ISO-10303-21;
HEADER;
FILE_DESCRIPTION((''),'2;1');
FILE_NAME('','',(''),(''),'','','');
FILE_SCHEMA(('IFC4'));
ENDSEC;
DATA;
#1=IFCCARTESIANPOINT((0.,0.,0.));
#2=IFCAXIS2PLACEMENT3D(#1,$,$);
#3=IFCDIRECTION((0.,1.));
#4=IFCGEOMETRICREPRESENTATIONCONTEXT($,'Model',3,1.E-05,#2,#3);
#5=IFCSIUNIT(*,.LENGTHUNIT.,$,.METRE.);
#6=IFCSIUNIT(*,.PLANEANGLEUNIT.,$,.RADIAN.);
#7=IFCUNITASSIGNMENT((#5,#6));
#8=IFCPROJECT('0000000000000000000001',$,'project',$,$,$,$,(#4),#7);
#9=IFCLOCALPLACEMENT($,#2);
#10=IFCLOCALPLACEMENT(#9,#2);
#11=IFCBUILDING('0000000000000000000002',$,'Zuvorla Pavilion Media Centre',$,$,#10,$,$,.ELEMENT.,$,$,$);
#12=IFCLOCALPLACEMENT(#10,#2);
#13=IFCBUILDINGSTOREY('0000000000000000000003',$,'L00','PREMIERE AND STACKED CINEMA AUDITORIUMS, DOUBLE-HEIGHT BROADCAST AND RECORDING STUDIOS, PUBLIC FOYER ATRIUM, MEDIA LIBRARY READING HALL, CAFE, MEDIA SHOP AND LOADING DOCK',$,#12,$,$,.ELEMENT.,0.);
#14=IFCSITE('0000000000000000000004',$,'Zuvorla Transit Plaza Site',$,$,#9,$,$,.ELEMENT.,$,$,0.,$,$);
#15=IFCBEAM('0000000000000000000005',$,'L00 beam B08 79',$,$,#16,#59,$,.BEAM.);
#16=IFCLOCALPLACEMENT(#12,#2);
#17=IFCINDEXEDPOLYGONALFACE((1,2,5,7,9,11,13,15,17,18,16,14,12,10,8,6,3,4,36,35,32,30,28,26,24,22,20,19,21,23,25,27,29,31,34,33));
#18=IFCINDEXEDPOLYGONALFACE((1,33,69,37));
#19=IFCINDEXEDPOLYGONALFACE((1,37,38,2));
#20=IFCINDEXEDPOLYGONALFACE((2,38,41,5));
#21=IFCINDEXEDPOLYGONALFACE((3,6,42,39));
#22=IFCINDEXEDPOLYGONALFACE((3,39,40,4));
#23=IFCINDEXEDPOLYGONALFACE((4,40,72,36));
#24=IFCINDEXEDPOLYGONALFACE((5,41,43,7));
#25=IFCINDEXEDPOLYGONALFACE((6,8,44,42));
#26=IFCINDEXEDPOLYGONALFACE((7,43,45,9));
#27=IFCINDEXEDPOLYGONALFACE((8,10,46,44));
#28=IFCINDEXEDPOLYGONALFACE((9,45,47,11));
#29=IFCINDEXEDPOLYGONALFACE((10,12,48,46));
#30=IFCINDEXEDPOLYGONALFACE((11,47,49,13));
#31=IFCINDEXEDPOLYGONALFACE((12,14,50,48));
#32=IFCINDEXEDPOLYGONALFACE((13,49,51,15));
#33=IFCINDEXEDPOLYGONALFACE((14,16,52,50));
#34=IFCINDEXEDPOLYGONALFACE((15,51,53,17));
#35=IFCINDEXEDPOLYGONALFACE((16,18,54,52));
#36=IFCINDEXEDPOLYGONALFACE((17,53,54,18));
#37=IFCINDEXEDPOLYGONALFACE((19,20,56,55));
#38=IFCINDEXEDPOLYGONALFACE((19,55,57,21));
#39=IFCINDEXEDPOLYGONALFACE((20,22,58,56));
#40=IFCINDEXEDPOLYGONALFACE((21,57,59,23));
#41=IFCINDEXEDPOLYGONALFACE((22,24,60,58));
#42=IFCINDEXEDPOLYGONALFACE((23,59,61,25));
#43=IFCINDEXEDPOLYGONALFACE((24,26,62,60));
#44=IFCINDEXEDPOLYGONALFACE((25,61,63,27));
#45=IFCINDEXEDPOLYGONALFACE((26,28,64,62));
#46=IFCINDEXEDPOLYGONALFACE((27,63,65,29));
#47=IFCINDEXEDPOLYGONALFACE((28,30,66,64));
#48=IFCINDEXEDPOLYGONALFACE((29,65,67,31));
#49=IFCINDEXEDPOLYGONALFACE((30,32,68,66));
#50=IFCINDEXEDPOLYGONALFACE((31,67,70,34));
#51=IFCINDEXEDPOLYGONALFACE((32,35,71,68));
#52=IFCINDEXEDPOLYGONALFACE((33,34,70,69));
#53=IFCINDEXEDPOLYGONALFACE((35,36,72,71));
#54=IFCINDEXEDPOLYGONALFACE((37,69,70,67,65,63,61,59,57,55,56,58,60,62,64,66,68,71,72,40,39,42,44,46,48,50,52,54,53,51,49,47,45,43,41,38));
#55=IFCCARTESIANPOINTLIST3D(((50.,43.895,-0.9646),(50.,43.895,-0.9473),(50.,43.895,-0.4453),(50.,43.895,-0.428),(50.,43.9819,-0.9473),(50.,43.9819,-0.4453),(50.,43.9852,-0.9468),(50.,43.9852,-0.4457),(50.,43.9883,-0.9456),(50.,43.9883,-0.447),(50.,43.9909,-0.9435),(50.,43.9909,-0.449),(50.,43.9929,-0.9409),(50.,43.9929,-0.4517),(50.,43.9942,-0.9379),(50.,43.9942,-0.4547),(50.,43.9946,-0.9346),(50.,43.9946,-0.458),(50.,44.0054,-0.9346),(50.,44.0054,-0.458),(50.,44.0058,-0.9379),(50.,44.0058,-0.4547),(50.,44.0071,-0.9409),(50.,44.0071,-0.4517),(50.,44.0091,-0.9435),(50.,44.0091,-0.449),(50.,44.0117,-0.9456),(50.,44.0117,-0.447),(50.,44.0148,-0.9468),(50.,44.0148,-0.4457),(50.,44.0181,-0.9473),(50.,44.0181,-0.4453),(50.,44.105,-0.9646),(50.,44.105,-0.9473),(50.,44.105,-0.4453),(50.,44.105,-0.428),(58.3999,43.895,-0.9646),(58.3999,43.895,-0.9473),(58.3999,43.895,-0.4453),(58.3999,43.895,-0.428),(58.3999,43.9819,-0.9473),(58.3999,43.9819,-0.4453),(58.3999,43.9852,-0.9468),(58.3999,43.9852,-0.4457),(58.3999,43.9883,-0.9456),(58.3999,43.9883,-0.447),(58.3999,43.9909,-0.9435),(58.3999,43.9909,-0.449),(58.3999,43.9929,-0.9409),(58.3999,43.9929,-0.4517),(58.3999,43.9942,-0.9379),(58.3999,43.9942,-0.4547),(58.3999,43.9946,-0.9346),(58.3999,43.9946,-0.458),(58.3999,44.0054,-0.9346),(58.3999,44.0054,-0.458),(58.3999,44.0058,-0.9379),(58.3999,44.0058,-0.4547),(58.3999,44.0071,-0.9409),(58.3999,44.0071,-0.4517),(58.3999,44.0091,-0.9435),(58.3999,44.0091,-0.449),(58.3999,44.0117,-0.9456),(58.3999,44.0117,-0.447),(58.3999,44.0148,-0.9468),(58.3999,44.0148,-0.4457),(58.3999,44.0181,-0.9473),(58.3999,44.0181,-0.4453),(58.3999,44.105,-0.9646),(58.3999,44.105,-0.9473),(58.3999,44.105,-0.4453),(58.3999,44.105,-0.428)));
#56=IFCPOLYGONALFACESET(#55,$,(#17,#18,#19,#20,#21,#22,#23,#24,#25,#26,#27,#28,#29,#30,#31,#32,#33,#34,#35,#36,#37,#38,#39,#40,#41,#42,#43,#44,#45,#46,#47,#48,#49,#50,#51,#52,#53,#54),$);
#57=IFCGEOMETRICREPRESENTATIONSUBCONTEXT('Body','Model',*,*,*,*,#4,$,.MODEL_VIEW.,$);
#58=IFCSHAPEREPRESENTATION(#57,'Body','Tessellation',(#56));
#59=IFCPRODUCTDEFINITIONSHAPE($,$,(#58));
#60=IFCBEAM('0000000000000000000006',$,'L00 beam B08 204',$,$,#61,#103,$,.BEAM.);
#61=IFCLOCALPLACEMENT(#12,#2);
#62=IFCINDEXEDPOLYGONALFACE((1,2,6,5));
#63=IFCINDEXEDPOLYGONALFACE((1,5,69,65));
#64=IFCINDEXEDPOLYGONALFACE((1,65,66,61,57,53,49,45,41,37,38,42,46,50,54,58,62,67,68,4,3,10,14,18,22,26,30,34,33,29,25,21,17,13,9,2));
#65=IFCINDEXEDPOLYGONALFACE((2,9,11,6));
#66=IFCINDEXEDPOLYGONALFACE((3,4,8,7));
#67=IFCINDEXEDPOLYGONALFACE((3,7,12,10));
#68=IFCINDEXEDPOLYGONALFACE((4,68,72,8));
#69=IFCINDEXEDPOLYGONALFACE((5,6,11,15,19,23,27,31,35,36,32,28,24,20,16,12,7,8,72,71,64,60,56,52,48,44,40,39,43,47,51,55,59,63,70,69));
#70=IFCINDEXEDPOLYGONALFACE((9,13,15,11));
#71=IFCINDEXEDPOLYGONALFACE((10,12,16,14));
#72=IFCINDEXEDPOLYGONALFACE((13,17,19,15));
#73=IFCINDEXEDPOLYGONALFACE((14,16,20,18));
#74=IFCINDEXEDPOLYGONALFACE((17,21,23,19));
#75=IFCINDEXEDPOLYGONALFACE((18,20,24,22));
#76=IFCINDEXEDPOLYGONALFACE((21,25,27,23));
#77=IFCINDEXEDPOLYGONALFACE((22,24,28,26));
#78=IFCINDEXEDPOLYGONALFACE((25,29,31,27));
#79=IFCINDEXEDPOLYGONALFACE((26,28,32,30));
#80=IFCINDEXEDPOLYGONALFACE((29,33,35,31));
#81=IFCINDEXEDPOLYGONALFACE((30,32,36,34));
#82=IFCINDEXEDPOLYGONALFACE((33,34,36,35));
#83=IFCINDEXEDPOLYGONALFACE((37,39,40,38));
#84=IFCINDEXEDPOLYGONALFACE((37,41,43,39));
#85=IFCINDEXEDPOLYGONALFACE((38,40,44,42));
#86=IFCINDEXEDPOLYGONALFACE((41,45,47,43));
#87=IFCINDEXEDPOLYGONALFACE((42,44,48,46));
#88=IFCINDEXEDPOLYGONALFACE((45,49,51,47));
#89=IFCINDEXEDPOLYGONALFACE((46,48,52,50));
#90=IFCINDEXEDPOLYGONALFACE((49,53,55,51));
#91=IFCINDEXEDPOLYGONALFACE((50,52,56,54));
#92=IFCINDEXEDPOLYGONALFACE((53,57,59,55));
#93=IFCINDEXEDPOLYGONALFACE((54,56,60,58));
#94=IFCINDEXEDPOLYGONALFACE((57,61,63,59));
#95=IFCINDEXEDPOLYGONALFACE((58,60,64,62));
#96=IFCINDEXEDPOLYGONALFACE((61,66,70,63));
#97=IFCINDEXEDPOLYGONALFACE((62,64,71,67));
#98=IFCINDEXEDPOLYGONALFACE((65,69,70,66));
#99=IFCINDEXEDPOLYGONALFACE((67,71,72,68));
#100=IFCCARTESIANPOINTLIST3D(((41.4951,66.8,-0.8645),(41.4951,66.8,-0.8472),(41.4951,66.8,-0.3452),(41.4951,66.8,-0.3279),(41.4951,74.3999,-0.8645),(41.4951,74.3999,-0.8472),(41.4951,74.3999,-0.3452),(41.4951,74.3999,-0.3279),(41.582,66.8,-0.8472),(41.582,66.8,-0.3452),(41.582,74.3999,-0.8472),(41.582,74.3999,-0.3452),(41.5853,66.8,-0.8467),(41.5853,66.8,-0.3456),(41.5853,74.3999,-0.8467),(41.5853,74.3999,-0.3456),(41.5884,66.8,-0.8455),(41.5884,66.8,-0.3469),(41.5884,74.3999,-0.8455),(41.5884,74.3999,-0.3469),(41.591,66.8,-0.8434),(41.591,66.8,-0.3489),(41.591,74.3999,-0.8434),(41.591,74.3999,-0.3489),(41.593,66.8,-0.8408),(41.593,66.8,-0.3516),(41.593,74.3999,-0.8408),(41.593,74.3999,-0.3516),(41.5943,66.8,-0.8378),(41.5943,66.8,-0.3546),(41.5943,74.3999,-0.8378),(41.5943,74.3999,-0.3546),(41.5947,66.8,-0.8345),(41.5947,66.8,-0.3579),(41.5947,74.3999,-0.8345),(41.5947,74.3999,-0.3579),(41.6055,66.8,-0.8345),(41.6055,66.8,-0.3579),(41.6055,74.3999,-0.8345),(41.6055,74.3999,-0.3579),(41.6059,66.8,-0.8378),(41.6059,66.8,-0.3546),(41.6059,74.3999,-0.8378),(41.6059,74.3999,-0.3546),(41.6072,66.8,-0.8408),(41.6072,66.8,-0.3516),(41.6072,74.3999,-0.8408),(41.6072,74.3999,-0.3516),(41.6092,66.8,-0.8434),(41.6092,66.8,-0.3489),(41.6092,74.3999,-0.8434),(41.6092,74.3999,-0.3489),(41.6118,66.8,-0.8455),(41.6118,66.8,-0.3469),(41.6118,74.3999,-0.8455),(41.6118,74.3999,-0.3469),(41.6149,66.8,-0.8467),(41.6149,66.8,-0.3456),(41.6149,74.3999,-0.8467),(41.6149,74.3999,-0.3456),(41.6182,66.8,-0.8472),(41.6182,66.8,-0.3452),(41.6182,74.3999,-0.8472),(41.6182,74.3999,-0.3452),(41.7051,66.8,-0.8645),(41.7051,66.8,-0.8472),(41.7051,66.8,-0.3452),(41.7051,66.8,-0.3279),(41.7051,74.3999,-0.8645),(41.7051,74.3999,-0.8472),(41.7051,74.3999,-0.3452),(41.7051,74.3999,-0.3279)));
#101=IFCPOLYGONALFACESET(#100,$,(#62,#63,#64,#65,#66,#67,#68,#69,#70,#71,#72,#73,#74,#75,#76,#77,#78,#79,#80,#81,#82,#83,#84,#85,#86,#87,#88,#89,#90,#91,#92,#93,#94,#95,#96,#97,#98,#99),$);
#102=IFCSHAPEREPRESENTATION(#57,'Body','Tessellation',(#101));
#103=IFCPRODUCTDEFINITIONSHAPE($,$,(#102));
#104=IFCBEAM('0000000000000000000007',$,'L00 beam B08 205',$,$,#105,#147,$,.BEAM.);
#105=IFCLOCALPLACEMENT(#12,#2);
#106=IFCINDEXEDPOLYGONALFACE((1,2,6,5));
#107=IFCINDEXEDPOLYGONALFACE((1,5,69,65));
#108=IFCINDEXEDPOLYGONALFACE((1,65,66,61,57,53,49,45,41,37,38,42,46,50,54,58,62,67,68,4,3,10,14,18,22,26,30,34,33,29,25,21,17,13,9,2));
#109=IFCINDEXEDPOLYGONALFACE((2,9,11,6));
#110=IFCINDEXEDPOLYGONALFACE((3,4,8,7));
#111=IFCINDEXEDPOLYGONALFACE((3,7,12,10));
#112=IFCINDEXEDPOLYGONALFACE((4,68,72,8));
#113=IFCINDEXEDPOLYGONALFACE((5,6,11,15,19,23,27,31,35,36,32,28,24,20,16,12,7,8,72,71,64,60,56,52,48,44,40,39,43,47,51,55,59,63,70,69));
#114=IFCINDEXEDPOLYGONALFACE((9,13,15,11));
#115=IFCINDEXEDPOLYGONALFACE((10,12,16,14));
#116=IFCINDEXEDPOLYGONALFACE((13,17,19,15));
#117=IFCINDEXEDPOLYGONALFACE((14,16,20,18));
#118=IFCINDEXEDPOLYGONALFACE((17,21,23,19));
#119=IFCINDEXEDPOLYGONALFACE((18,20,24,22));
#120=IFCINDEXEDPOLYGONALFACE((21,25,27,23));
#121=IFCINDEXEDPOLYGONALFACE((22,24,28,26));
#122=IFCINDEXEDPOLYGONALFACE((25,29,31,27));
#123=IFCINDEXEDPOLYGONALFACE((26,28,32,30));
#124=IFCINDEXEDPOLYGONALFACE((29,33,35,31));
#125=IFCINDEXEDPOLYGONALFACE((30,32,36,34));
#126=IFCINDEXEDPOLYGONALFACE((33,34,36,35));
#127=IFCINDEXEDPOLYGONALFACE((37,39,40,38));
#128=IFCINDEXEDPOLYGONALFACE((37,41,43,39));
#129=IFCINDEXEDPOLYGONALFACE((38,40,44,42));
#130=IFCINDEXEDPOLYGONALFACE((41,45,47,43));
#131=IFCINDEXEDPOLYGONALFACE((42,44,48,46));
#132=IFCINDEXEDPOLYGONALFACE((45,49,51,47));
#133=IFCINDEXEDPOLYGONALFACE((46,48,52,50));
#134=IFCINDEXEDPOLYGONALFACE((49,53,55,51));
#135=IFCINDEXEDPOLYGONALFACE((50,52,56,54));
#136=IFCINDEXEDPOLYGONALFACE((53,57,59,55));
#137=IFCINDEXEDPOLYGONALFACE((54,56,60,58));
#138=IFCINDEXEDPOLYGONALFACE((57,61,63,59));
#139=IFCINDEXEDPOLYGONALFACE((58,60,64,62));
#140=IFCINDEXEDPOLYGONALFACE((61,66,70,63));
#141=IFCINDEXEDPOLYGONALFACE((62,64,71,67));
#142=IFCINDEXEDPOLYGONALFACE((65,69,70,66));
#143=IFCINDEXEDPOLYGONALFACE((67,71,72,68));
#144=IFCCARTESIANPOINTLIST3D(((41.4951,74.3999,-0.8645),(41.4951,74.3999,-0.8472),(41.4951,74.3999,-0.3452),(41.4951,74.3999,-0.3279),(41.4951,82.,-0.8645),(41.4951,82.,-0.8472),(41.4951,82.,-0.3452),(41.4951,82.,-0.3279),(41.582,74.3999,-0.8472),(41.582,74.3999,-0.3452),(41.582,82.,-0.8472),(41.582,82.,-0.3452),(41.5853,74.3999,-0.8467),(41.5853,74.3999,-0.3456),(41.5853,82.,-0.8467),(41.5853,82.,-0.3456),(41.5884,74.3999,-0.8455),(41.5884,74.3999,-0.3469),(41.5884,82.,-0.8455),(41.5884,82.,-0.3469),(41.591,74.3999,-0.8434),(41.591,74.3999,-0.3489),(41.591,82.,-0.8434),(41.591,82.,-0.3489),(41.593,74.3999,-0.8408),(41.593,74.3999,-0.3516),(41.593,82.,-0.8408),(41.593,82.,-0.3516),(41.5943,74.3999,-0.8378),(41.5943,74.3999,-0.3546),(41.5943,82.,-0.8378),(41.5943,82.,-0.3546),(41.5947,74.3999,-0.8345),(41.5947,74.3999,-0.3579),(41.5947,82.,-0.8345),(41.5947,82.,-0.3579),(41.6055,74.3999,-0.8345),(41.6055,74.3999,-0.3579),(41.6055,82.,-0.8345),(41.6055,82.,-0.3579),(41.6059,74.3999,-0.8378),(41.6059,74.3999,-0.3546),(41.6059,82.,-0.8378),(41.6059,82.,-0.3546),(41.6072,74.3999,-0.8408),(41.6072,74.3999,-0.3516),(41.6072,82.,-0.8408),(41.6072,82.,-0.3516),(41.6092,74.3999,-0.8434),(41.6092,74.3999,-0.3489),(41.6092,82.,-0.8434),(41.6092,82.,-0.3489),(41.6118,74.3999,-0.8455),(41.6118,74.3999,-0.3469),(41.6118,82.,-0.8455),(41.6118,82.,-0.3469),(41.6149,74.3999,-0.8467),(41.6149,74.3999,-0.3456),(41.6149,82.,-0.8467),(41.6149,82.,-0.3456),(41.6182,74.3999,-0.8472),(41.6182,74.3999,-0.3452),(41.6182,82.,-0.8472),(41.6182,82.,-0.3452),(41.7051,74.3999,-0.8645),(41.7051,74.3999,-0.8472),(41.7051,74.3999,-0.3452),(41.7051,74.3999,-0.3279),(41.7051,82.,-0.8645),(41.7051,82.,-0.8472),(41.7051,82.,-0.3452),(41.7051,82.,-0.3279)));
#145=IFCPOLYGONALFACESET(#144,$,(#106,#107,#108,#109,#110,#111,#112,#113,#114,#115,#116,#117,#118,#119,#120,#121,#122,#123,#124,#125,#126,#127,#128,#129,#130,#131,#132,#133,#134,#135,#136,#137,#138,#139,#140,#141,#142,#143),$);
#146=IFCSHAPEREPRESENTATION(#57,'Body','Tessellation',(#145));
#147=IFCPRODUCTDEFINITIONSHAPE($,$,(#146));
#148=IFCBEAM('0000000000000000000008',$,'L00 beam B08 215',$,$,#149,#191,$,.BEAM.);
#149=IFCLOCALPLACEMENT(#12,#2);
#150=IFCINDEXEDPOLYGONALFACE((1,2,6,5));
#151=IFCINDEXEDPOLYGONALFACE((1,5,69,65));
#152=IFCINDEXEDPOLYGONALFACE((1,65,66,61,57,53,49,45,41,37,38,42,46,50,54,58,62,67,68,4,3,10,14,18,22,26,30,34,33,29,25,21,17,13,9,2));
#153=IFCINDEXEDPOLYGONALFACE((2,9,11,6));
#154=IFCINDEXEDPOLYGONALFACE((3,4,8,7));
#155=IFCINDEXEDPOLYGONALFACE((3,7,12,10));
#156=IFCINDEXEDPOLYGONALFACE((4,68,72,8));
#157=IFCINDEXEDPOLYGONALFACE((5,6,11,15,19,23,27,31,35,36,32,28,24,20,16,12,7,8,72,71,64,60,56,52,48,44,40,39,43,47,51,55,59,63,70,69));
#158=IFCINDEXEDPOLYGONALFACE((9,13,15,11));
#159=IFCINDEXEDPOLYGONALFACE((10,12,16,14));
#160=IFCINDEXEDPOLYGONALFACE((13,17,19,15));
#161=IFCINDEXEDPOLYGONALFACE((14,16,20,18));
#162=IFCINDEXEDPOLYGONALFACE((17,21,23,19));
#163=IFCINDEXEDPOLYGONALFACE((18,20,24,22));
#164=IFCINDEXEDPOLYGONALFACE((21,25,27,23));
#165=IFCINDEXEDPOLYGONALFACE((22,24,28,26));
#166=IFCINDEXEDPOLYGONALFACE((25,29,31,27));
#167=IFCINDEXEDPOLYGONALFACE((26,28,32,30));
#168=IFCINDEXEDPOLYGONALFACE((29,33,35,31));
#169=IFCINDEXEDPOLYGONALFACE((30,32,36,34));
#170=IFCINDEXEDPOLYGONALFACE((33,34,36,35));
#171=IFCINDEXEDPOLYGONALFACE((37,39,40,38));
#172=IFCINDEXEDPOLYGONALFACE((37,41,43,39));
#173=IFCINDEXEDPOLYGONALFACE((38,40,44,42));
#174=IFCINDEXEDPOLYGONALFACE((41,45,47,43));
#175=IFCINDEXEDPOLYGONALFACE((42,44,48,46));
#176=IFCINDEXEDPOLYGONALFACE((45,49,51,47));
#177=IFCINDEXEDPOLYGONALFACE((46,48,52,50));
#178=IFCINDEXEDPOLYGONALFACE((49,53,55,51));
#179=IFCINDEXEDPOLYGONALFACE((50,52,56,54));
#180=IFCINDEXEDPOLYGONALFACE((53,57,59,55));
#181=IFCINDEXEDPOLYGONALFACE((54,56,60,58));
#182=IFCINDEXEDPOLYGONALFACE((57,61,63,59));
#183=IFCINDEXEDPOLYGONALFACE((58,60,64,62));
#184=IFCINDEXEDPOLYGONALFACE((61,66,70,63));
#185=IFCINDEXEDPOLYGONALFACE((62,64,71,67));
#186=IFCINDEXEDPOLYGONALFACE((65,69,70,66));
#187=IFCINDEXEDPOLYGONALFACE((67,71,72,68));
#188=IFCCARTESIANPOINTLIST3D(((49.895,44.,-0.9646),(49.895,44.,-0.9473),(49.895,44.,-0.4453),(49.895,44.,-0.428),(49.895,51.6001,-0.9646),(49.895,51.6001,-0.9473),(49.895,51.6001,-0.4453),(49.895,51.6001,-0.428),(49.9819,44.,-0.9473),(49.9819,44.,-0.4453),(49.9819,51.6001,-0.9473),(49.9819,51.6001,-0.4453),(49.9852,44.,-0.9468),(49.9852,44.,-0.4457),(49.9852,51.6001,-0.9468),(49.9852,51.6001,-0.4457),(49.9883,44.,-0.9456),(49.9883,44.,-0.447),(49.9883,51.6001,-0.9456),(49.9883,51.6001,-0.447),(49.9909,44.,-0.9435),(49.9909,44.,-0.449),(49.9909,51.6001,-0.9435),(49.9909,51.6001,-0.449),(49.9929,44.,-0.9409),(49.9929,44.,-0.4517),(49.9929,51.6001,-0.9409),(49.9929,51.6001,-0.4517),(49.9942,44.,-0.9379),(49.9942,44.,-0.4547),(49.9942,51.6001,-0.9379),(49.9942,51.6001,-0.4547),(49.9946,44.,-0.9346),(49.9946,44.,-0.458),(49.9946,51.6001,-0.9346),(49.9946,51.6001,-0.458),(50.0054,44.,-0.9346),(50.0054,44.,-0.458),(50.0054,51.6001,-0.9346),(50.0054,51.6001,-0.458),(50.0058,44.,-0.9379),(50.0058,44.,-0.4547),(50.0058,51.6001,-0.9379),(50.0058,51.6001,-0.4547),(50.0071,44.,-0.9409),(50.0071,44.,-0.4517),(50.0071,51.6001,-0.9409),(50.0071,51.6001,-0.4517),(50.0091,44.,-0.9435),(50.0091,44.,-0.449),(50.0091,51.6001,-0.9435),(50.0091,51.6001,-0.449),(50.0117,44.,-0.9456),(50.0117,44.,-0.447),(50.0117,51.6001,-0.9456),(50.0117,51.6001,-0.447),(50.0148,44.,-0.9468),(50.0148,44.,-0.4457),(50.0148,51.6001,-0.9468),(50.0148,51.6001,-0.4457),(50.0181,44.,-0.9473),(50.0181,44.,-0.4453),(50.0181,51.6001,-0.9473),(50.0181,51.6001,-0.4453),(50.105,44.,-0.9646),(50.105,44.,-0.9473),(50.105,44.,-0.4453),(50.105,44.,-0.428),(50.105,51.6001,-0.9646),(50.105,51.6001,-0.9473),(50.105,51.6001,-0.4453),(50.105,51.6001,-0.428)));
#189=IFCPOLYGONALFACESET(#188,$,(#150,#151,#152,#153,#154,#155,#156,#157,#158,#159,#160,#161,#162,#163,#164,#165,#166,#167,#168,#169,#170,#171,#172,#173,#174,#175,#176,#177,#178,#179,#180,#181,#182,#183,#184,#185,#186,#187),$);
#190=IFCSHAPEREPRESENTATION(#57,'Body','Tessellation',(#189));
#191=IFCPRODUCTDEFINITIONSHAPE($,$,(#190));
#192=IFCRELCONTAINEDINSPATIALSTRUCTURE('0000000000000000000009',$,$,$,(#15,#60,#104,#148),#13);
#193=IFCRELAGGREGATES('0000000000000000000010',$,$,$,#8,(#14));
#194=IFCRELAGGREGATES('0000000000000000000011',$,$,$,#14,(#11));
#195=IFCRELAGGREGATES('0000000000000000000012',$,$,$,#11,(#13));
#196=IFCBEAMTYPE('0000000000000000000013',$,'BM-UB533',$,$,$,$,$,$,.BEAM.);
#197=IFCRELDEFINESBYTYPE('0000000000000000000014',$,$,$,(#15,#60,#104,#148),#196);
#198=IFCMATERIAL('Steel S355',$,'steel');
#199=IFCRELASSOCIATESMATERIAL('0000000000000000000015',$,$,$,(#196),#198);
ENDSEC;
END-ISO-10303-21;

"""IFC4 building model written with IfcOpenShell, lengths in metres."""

from ifc_helpers import new_model, si_unit, direction, frame, origin, origin_2d, place, context, subcontext, project, spatial, i_section, extrude, material, material_profile, profile_set, type_object, element, save


model = new_model("IFC4")

# Units and contexts
model_context = context("Model", 3, precision=1e-05, world=origin(), true_north=direction((0.0, 1.0)))
body_context = subcontext(model_context, "Body", "Model", "MODEL_VIEW")
ifc_project = project(units=[si_unit("LENGTHUNIT", "METRE"), si_unit("PLANEANGLEUNIT", "RADIAN")], contexts=[model_context])

# Site, building, storey
site_placement = place(None, origin())
site = spatial("IfcSite", under=ifc_project, at=site_placement, Name="Zuvorla Transit Plaza Site", CompositionType="ELEMENT", RefElevation=0.0)
building_placement = place(site_placement, origin())
building = spatial("IfcBuilding", under=site, at=building_placement, Name="Zuvorla Pavilion Media Centre", CompositionType="ELEMENT")
storey_placement = place(building_placement, origin())
storey = spatial("IfcBuildingStorey", under=building, at=storey_placement, Name="L00", Description="PREMIERE AND STACKED CINEMA AUDITORIUMS, DOUBLE-HEIGHT BROADCAST AND RECORDING STUDIOS, PUBLIC FOYER ATRIUM, MEDIA LIBRARY READING HALL, CAFE, MEDIA SHOP AND LOADING DOCK", CompositionType="ELEMENT", Elevation=0.0)

# Beams
ifc_material_1 = material(Name="Steel S355", Category="steel")
ifc_material_profile_1 = material_profile(ifc_material_1, i_section(OverallWidth=0.21, OverallDepth=0.5366, WebThickness=0.0107, FlangeThickness=0.0173, FilletRadius=0.0127, at=origin_2d()), Name="UB 533x210x101")
ifc_profile_set_1 = profile_set([ifc_material_profile_1], Name="Steel S355")
beam_type_1 = type_object("IfcBeamType", Name="BM-UB533", PredefinedType="BEAM", material=ifc_profile_set_1)
beam_1_placement = place(storey_placement, frame((50.0, 44.0, -0.6963), z_axis=(1.0, 0.0, 0.0), x_axis=(0.0, 1.0, 0.0)))
element("IfcBeam", 1, at=beam_1_placement, inside=storey, type_object=beam_type_1, Name="L00 beam B08 79", PredefinedType="BEAM", context=body_context, shape_type="SweptSolid", body=[
    extrude(i_section(OverallWidth=0.21, OverallDepth=0.5366, WebThickness=0.0107, FlangeThickness=0.0173, FilletRadius=0.0127, at=origin_2d()), origin(), (0.0, 0.0, 1.0), 8.3999),
])
beam_2_placement = place(storey_placement, frame((41.6001, 66.8, -0.5962), z_axis=(0.0, 1.0, 0.0), x_axis=(-1.0, 0.0, 0.0)))
element("IfcBeam", 2, at=beam_2_placement, inside=storey, type_object=beam_type_1, Name="L00 beam B08 204", PredefinedType="BEAM", context=body_context, shape_type="SweptSolid", body=[
    extrude(i_section(OverallWidth=0.21, OverallDepth=0.5366, WebThickness=0.0107, FlangeThickness=0.0173, FilletRadius=0.0127, at=origin_2d()), origin(), (0.0, 0.0, 1.0), 7.5999),
])
for number, where, z_axis, x_axis, name in (
    (3, (41.6001, 74.3999, -0.5962), (0.0, 1.0, 0.0), (-1.0, 0.0, 0.0), "L00 beam B08 205"),
    (4, (50.0, 44.0, -0.6963), (0.0, 1.0, 0.0), (-1.0, 0.0, 0.0), "L00 beam B08 215"),
):
    element("IfcBeam", number, at=place(storey_placement, frame(where, z_axis=z_axis, x_axis=x_axis)), inside=storey, type_object=beam_type_1, Name=name, PredefinedType="BEAM", context=body_context, shape_type="SweptSolid", body=[
        extrude(i_section(OverallWidth=0.21, OverallDepth=0.5366, WebThickness=0.0107, FlangeThickness=0.0173, FilletRadius=0.0127, at=origin_2d()), origin(), (0.0, 0.0, 1.0), 7.6001),
    ])

save(model, "model.ifc")
